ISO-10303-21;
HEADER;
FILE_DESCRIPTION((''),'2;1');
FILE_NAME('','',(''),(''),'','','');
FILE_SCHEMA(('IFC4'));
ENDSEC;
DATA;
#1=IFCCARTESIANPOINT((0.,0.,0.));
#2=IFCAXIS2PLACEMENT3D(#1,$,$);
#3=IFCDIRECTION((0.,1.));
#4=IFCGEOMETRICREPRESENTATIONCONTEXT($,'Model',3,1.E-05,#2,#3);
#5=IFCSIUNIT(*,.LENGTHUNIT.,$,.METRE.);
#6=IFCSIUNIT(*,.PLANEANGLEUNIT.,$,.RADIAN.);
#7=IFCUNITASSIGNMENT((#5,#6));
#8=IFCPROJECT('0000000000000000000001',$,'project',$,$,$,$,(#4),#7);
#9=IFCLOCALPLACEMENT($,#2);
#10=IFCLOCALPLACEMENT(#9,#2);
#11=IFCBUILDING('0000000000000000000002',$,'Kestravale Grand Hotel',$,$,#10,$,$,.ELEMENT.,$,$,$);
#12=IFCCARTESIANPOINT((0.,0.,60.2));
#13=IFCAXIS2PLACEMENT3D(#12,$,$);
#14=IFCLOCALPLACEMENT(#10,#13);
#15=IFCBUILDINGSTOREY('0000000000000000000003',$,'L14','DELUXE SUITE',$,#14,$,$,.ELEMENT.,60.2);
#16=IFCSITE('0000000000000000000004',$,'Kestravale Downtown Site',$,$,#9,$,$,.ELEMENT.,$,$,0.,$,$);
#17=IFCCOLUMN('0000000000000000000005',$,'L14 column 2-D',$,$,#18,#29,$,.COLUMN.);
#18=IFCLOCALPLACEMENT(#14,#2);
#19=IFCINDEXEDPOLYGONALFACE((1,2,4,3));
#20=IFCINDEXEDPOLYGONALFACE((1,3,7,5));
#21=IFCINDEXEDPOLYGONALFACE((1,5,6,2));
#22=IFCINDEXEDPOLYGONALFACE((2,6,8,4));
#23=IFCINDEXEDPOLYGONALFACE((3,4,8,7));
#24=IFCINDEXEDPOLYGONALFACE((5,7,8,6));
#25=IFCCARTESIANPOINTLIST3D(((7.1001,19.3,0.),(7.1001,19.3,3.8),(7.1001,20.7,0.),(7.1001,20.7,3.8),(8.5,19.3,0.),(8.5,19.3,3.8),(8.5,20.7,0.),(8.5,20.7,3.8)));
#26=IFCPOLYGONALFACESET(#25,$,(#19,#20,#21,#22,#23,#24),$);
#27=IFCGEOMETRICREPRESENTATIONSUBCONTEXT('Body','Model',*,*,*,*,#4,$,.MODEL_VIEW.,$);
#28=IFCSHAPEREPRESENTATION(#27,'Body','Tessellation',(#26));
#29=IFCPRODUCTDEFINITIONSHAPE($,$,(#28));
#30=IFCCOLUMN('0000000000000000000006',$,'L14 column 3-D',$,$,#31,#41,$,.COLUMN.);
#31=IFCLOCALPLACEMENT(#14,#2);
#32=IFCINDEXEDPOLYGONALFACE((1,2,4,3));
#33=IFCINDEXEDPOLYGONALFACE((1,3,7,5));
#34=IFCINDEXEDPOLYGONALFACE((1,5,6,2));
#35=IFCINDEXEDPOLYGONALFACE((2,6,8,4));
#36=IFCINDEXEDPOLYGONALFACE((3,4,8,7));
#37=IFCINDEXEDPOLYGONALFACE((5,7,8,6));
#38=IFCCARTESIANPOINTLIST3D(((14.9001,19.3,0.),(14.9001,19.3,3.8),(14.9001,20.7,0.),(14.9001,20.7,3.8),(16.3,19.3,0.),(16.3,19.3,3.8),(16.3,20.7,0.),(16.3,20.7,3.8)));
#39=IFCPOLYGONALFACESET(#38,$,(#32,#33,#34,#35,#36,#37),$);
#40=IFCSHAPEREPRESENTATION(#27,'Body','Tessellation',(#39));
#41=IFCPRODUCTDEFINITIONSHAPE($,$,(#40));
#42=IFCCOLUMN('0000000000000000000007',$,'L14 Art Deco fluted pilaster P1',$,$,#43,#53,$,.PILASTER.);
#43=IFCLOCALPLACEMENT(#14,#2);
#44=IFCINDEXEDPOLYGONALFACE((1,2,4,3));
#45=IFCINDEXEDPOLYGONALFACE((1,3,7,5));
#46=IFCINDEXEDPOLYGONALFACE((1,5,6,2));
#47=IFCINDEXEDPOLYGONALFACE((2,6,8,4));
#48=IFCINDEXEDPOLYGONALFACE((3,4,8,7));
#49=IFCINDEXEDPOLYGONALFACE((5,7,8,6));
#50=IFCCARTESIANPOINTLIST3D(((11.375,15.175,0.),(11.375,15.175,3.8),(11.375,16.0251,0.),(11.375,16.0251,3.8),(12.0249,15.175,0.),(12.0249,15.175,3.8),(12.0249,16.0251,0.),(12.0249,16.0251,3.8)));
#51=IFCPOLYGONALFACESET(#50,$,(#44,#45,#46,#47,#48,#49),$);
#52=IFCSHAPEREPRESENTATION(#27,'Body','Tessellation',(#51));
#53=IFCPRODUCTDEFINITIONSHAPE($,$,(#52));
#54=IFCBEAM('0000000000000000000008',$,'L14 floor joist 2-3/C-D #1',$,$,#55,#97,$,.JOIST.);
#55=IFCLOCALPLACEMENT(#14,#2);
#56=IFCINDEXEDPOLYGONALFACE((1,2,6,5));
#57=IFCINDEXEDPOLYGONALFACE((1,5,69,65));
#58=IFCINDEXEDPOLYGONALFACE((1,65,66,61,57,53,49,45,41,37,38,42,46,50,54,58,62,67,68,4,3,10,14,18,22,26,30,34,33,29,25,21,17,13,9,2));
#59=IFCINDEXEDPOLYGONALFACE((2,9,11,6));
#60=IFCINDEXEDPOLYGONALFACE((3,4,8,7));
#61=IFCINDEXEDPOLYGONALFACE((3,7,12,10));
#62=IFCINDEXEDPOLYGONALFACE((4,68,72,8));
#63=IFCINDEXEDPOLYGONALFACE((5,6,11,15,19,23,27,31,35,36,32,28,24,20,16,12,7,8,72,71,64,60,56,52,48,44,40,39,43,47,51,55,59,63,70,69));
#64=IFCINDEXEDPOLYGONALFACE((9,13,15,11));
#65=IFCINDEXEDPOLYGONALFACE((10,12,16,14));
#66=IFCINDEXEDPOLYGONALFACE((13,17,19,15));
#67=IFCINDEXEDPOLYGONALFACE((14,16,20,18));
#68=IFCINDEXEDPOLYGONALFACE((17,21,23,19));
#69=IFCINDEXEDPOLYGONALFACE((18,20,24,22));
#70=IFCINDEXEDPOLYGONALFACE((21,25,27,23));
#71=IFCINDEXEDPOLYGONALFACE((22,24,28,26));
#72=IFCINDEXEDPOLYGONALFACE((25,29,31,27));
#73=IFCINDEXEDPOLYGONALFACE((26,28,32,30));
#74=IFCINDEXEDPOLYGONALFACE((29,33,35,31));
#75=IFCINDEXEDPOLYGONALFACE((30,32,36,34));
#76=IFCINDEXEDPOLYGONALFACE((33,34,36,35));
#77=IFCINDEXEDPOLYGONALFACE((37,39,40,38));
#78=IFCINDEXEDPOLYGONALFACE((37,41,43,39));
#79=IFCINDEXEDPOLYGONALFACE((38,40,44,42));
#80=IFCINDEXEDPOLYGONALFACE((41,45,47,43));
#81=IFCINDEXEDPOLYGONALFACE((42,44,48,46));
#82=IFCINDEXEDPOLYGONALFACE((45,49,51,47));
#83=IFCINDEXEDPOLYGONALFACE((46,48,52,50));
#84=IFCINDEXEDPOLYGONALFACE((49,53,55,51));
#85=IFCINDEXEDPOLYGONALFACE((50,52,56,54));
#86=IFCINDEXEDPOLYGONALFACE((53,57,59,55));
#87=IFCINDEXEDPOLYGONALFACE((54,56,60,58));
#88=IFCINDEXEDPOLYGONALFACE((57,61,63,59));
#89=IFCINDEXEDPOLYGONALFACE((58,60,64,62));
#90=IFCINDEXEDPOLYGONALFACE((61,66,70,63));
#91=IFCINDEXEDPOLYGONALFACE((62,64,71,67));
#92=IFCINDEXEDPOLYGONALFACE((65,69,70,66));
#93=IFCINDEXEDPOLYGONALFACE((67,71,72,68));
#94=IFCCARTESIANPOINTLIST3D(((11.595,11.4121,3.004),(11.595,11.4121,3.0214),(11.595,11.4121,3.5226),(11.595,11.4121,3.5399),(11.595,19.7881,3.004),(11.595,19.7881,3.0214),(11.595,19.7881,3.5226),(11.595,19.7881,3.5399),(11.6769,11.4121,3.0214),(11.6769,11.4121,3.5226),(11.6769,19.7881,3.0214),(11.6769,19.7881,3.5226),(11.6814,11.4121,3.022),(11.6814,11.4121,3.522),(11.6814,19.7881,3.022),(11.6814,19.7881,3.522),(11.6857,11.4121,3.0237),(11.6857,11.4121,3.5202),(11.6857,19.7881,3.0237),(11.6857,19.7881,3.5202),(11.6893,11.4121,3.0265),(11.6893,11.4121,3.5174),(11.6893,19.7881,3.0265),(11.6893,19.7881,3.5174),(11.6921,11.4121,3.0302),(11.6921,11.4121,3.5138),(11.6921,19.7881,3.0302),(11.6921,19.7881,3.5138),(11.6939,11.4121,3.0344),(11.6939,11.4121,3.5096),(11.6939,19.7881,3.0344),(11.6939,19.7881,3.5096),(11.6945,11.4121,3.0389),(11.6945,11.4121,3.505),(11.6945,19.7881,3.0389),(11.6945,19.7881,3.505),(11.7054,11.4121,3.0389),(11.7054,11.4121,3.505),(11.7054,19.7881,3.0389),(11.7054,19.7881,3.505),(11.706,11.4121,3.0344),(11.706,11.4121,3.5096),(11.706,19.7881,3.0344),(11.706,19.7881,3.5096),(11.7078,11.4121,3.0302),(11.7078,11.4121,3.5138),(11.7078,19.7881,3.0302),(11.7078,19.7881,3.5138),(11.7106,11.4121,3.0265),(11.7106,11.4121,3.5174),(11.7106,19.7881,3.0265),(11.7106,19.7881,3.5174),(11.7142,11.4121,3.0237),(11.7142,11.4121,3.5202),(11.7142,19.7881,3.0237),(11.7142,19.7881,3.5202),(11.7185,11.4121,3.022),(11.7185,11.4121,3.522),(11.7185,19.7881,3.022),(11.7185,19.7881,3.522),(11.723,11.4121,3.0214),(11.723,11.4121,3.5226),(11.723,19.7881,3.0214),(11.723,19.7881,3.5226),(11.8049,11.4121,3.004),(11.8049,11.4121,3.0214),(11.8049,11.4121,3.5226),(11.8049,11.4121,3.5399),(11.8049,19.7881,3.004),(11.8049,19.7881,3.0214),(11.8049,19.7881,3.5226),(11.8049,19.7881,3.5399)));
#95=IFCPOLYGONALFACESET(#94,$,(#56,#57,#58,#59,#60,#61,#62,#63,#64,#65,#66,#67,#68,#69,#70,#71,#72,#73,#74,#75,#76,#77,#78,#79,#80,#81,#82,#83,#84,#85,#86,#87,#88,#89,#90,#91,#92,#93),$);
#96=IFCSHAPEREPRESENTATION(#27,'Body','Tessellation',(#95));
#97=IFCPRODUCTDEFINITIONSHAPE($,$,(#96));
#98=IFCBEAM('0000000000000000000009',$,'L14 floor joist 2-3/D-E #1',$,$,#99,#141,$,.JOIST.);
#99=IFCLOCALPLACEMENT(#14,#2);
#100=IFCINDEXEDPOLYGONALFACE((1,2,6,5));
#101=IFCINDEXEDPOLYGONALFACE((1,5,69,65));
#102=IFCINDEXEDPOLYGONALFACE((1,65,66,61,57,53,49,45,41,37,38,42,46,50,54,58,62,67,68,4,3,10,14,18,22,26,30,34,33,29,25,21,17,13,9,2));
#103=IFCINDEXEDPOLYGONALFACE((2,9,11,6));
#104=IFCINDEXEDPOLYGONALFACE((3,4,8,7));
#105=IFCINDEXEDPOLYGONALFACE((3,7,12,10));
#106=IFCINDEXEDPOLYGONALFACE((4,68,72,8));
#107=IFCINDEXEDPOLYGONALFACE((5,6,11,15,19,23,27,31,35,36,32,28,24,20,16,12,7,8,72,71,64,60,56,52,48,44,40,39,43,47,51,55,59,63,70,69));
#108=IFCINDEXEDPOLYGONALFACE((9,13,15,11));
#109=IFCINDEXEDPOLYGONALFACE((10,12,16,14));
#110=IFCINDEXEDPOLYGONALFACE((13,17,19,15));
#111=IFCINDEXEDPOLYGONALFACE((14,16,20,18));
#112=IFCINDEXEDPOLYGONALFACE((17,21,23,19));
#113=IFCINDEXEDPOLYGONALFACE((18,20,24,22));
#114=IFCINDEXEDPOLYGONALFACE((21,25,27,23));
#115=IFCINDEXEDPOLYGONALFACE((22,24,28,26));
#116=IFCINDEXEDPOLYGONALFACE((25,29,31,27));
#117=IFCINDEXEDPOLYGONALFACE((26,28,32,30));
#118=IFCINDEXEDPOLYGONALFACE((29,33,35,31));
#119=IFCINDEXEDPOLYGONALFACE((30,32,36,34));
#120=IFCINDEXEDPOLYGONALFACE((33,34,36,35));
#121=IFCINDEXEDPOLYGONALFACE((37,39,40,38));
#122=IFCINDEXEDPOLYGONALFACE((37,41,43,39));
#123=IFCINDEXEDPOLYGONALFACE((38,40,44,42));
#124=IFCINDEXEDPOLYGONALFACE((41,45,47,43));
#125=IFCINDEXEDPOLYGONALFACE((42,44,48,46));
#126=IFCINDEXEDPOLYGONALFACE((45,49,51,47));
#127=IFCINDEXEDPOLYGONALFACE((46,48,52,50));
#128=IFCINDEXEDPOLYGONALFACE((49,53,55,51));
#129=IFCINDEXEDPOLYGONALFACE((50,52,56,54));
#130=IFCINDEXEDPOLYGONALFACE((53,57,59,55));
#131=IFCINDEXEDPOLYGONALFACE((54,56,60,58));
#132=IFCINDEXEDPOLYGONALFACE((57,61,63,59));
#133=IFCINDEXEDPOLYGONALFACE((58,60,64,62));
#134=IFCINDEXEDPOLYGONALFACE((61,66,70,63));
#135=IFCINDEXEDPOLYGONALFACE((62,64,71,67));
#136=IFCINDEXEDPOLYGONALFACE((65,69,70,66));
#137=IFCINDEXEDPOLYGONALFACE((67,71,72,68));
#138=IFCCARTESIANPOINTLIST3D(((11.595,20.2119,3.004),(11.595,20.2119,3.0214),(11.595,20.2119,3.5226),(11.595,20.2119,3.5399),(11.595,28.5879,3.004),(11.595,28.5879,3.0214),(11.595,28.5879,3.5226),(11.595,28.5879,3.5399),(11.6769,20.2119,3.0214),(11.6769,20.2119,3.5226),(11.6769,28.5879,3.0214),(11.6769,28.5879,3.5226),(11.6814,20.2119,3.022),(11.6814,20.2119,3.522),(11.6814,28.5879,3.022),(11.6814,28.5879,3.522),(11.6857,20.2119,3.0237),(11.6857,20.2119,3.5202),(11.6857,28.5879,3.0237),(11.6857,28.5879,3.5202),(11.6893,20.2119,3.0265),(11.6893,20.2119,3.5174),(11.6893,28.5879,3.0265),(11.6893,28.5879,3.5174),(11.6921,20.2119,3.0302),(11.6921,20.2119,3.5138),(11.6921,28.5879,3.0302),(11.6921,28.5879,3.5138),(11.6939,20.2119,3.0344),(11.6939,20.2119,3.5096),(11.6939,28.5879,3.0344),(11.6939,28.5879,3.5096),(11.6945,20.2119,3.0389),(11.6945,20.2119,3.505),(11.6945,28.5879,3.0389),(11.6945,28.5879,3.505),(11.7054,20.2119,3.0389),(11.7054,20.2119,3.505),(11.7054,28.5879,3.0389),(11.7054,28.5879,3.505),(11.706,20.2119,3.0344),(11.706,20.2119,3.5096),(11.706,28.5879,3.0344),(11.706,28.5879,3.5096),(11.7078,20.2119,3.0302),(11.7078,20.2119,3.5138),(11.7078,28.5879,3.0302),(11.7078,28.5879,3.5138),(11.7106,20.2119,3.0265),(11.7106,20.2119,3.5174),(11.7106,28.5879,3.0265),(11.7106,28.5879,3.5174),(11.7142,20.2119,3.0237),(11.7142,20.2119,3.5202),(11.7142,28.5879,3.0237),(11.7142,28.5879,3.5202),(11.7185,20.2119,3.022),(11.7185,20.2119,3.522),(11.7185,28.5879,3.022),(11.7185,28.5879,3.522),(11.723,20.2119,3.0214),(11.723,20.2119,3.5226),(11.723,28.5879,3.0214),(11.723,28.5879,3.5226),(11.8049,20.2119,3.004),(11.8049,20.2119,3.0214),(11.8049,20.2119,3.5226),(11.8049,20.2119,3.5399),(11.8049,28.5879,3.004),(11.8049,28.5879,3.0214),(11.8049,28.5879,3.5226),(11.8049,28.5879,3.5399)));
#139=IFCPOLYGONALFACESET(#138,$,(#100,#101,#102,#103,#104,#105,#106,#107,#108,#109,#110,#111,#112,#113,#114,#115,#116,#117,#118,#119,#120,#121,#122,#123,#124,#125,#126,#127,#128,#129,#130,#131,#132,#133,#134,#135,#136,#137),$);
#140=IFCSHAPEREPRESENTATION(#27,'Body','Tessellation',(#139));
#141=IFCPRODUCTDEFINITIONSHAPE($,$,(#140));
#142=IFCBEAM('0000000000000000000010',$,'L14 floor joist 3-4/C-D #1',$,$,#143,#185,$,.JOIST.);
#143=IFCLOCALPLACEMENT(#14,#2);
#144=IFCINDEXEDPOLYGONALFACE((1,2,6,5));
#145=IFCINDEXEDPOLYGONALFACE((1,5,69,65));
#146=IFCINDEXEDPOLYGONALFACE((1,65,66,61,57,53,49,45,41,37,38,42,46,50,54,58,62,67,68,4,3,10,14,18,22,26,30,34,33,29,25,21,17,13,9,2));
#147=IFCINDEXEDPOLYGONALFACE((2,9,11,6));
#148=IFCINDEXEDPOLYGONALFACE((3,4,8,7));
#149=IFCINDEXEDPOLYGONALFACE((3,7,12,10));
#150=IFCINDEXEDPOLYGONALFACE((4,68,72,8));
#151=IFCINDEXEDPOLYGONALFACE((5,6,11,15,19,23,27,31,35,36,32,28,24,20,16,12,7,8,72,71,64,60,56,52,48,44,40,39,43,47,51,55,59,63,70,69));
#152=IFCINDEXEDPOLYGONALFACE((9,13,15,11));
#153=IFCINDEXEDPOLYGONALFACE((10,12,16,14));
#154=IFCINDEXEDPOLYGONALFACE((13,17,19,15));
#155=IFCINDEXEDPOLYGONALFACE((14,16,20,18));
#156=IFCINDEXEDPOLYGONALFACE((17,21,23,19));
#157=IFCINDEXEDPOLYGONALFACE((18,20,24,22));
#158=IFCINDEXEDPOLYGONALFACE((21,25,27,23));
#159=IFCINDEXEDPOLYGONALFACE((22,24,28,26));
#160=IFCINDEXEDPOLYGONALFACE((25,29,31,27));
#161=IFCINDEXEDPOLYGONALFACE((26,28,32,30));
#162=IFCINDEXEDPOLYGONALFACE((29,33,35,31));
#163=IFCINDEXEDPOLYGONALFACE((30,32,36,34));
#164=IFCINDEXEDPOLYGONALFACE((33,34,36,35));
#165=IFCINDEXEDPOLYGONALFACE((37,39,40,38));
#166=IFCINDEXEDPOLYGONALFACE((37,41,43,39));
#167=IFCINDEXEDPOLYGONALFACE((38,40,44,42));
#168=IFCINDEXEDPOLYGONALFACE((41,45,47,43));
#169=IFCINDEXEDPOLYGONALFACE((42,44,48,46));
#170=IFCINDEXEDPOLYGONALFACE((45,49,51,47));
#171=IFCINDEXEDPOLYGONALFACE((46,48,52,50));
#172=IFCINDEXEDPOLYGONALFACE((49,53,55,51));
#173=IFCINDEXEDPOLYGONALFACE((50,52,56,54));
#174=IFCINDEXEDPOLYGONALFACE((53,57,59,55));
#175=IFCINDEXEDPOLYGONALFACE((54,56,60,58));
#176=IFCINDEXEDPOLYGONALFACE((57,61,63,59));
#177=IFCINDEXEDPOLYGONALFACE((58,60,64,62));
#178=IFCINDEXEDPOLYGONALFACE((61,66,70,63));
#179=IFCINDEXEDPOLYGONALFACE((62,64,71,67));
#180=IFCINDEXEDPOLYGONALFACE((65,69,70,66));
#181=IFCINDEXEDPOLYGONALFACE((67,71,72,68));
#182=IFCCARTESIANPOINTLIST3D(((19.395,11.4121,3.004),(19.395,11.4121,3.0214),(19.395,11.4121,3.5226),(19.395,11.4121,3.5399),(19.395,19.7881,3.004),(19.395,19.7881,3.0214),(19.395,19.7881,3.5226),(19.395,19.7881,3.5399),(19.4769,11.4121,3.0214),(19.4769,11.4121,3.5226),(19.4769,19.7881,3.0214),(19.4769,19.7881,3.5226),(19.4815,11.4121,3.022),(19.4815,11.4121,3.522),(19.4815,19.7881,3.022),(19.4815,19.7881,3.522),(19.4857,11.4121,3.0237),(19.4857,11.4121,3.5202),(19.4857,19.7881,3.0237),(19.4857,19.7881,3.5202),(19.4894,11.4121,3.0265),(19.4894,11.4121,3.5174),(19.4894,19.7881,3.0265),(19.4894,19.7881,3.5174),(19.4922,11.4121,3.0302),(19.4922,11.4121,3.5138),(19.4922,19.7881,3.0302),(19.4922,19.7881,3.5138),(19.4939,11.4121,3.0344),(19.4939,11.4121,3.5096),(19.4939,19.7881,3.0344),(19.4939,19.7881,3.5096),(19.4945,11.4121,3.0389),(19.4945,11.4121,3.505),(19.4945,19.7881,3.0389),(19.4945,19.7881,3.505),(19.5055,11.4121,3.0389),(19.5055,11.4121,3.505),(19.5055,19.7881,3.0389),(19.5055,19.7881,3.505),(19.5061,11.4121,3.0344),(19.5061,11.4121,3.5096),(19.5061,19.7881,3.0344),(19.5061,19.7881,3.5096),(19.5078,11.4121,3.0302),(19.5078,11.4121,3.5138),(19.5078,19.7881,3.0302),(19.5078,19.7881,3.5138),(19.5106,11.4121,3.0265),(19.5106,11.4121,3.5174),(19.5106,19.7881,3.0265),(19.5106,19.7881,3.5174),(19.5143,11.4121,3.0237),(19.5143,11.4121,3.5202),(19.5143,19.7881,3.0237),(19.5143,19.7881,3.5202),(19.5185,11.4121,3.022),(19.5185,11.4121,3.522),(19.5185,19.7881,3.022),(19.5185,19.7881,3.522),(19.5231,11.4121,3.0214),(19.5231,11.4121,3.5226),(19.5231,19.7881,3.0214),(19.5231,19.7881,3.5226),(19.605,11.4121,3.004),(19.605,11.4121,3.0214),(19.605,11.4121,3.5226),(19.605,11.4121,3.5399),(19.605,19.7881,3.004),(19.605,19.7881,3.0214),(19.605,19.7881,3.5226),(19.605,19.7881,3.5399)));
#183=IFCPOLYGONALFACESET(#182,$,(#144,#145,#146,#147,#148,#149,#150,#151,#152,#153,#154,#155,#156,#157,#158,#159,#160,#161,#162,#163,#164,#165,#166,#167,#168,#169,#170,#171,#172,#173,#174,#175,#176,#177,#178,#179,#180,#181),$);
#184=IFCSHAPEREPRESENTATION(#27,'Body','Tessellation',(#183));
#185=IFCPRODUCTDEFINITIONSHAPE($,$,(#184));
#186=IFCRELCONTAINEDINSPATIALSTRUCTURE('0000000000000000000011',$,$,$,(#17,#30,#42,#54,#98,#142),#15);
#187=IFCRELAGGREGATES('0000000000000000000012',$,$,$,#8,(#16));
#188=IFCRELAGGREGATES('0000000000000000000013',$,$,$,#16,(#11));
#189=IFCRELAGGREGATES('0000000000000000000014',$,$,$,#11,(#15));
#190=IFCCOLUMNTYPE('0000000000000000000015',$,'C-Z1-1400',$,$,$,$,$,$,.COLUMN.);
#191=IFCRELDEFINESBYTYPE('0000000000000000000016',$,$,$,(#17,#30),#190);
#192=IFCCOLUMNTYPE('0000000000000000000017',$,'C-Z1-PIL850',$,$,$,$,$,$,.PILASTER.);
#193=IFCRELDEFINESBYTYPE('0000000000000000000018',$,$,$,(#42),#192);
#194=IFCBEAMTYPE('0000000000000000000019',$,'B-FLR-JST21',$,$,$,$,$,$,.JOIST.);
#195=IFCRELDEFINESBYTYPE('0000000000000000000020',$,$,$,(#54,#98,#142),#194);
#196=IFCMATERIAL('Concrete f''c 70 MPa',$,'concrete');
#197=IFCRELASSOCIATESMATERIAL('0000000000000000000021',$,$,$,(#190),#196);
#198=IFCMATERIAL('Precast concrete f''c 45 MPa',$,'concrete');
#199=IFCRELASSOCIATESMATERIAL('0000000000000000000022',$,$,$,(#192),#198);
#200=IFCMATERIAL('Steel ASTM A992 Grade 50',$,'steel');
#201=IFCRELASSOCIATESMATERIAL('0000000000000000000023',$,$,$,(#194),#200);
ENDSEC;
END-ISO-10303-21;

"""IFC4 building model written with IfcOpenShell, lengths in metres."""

from ifc_helpers import new_model, si_unit, direction, frame, origin, origin_2d, place, context, subcontext, project, spatial, rectangle, i_section, extrude, material, material_profile, profile_set, type_object, element, save


model = new_model("IFC4")

# Units and contexts
model_context = context("Model", 3, precision=1e-05, world=origin(), true_north=direction((0.0, 1.0)))
body_context = subcontext(model_context, "Body", "Model", "MODEL_VIEW")
ifc_project = project(units=[si_unit("LENGTHUNIT", "METRE"), si_unit("PLANEANGLEUNIT", "RADIAN")], contexts=[model_context])

# Site, building, storey
site_placement = place(None, origin())
site = spatial("IfcSite", under=ifc_project, at=site_placement, Name="Kestravale Downtown Site", CompositionType="ELEMENT", RefElevation=0.0)
building_placement = place(site_placement, origin())
building = spatial("IfcBuilding", under=site, at=building_placement, Name="Kestravale Grand Hotel", CompositionType="ELEMENT")
storey_placement = place(building_placement, frame((0.0, 0.0, 60.2)))
storey = spatial("IfcBuildingStorey", under=building, at=storey_placement, Name="L14", Description="DELUXE SUITE", CompositionType="ELEMENT", Elevation=60.2)

# Columns
ifc_material_1 = material(Name="Concrete f'c 70 MPa", Category="concrete")
ifc_material_profile_1 = material_profile(ifc_material_1, rectangle(XDim=1.3999, YDim=1.3999, at=origin_2d()))
ifc_profile_set_1 = profile_set([ifc_material_profile_1], Name="Concrete f'c 70 MPa")
column_type_1 = type_object("IfcColumnType", Name="C-Z1-1400", PredefinedType="COLUMN", material=ifc_profile_set_1)
for number, where, z_axis, x_axis, name in (
    (1, (7.8, 20.0, 0.0), (0.0, 0.0, 1.0), (1.0, 0.0, 0.0), "L14 column 2-D"),
    (2, (15.6001, 20.0, 0.0), (0.0, 0.0, 1.0), (1.0, 0.0, 0.0), "L14 column 3-D"),
):
    element("IfcColumn", number, at=place(storey_placement, frame(where, z_axis=z_axis, x_axis=x_axis)), inside=storey, type_object=column_type_1, Name=name, PredefinedType="COLUMN", context=body_context, shape_type="SweptSolid", body=[
        extrude(rectangle(XDim=1.3999, YDim=1.3999, at=origin_2d()), origin(), (0.0, 0.0, 1.0), 3.8),
    ])
ifc_material_2 = material(Name="Precast concrete f'c 45 MPa", Category="concrete")
ifc_material_profile_2 = material_profile(ifc_material_2, rectangle(XDim=0.6499, YDim=0.8501, at=origin_2d()))
ifc_profile_set_2 = profile_set([ifc_material_profile_2], Name="Precast concrete f'c 45 MPa")
column_type_2 = type_object("IfcColumnType", Name="C-Z1-PIL850", PredefinedType="PILASTER", material=ifc_profile_set_2)
column_placement = place(storey_placement, frame((11.7, 15.6001, 0.0), z_axis=(0.0, 0.0, 1.0), x_axis=(1.0, 0.0, 0.0)))
element("IfcColumn", 3, at=column_placement, inside=storey, type_object=column_type_2, Name="L14 Art Deco fluted pilaster P1", PredefinedType="PILASTER", context=body_context, shape_type="SweptSolid", body=[
    extrude(rectangle(XDim=0.6499, YDim=0.8501, at=origin_2d()), origin(), (0.0, 0.0, 1.0), 3.8),
])

# Beams
ifc_material_3 = material(Name="Steel ASTM A992 Grade 50", Category="steel")
ifc_material_profile_3 = material_profile(ifc_material_3, i_section(OverallWidth=0.21, OverallDepth=0.5359, WebThickness=0.011, FlangeThickness=0.0173, FilletRadius=0.0176, at=origin_2d()))
ifc_profile_set_3 = profile_set([ifc_material_profile_3], Name="Steel ASTM A992 Grade 50")
beam_type_1 = type_object("IfcBeamType", Name="B-FLR-JST21", PredefinedType="JOIST", material=ifc_profile_set_3)
for number, where, z_axis, x_axis, name in (
    (4, (11.7, 11.4121, 3.272), (0.0, 1.0, 0.0), (-1.0, 0.0, 0.0), "L14 floor joist 2-3/C-D #1"),
    (5, (11.7, 20.2119, 3.272), (0.0, 1.0, 0.0), (-1.0, 0.0, 0.0), "L14 floor joist 2-3/D-E #1"),
    (6, (19.5, 11.4121, 3.272), (0.0, 1.0, 0.0), (-1.0, 0.0, 0.0), "L14 floor joist 3-4/C-D #1"),
):
    element("IfcBeam", number, at=place(storey_placement, frame(where, z_axis=z_axis, x_axis=x_axis)), inside=storey, type_object=beam_type_1, Name=name, PredefinedType="JOIST", context=body_context, shape_type="SweptSolid", body=[
        extrude(i_section(OverallWidth=0.21, OverallDepth=0.5359, WebThickness=0.011, FlangeThickness=0.0173, FilletRadius=0.0176, at=origin_2d()), origin(), (0.0, 0.0, 1.0), 8.376),
    ])

save(model, "model.ifc")
